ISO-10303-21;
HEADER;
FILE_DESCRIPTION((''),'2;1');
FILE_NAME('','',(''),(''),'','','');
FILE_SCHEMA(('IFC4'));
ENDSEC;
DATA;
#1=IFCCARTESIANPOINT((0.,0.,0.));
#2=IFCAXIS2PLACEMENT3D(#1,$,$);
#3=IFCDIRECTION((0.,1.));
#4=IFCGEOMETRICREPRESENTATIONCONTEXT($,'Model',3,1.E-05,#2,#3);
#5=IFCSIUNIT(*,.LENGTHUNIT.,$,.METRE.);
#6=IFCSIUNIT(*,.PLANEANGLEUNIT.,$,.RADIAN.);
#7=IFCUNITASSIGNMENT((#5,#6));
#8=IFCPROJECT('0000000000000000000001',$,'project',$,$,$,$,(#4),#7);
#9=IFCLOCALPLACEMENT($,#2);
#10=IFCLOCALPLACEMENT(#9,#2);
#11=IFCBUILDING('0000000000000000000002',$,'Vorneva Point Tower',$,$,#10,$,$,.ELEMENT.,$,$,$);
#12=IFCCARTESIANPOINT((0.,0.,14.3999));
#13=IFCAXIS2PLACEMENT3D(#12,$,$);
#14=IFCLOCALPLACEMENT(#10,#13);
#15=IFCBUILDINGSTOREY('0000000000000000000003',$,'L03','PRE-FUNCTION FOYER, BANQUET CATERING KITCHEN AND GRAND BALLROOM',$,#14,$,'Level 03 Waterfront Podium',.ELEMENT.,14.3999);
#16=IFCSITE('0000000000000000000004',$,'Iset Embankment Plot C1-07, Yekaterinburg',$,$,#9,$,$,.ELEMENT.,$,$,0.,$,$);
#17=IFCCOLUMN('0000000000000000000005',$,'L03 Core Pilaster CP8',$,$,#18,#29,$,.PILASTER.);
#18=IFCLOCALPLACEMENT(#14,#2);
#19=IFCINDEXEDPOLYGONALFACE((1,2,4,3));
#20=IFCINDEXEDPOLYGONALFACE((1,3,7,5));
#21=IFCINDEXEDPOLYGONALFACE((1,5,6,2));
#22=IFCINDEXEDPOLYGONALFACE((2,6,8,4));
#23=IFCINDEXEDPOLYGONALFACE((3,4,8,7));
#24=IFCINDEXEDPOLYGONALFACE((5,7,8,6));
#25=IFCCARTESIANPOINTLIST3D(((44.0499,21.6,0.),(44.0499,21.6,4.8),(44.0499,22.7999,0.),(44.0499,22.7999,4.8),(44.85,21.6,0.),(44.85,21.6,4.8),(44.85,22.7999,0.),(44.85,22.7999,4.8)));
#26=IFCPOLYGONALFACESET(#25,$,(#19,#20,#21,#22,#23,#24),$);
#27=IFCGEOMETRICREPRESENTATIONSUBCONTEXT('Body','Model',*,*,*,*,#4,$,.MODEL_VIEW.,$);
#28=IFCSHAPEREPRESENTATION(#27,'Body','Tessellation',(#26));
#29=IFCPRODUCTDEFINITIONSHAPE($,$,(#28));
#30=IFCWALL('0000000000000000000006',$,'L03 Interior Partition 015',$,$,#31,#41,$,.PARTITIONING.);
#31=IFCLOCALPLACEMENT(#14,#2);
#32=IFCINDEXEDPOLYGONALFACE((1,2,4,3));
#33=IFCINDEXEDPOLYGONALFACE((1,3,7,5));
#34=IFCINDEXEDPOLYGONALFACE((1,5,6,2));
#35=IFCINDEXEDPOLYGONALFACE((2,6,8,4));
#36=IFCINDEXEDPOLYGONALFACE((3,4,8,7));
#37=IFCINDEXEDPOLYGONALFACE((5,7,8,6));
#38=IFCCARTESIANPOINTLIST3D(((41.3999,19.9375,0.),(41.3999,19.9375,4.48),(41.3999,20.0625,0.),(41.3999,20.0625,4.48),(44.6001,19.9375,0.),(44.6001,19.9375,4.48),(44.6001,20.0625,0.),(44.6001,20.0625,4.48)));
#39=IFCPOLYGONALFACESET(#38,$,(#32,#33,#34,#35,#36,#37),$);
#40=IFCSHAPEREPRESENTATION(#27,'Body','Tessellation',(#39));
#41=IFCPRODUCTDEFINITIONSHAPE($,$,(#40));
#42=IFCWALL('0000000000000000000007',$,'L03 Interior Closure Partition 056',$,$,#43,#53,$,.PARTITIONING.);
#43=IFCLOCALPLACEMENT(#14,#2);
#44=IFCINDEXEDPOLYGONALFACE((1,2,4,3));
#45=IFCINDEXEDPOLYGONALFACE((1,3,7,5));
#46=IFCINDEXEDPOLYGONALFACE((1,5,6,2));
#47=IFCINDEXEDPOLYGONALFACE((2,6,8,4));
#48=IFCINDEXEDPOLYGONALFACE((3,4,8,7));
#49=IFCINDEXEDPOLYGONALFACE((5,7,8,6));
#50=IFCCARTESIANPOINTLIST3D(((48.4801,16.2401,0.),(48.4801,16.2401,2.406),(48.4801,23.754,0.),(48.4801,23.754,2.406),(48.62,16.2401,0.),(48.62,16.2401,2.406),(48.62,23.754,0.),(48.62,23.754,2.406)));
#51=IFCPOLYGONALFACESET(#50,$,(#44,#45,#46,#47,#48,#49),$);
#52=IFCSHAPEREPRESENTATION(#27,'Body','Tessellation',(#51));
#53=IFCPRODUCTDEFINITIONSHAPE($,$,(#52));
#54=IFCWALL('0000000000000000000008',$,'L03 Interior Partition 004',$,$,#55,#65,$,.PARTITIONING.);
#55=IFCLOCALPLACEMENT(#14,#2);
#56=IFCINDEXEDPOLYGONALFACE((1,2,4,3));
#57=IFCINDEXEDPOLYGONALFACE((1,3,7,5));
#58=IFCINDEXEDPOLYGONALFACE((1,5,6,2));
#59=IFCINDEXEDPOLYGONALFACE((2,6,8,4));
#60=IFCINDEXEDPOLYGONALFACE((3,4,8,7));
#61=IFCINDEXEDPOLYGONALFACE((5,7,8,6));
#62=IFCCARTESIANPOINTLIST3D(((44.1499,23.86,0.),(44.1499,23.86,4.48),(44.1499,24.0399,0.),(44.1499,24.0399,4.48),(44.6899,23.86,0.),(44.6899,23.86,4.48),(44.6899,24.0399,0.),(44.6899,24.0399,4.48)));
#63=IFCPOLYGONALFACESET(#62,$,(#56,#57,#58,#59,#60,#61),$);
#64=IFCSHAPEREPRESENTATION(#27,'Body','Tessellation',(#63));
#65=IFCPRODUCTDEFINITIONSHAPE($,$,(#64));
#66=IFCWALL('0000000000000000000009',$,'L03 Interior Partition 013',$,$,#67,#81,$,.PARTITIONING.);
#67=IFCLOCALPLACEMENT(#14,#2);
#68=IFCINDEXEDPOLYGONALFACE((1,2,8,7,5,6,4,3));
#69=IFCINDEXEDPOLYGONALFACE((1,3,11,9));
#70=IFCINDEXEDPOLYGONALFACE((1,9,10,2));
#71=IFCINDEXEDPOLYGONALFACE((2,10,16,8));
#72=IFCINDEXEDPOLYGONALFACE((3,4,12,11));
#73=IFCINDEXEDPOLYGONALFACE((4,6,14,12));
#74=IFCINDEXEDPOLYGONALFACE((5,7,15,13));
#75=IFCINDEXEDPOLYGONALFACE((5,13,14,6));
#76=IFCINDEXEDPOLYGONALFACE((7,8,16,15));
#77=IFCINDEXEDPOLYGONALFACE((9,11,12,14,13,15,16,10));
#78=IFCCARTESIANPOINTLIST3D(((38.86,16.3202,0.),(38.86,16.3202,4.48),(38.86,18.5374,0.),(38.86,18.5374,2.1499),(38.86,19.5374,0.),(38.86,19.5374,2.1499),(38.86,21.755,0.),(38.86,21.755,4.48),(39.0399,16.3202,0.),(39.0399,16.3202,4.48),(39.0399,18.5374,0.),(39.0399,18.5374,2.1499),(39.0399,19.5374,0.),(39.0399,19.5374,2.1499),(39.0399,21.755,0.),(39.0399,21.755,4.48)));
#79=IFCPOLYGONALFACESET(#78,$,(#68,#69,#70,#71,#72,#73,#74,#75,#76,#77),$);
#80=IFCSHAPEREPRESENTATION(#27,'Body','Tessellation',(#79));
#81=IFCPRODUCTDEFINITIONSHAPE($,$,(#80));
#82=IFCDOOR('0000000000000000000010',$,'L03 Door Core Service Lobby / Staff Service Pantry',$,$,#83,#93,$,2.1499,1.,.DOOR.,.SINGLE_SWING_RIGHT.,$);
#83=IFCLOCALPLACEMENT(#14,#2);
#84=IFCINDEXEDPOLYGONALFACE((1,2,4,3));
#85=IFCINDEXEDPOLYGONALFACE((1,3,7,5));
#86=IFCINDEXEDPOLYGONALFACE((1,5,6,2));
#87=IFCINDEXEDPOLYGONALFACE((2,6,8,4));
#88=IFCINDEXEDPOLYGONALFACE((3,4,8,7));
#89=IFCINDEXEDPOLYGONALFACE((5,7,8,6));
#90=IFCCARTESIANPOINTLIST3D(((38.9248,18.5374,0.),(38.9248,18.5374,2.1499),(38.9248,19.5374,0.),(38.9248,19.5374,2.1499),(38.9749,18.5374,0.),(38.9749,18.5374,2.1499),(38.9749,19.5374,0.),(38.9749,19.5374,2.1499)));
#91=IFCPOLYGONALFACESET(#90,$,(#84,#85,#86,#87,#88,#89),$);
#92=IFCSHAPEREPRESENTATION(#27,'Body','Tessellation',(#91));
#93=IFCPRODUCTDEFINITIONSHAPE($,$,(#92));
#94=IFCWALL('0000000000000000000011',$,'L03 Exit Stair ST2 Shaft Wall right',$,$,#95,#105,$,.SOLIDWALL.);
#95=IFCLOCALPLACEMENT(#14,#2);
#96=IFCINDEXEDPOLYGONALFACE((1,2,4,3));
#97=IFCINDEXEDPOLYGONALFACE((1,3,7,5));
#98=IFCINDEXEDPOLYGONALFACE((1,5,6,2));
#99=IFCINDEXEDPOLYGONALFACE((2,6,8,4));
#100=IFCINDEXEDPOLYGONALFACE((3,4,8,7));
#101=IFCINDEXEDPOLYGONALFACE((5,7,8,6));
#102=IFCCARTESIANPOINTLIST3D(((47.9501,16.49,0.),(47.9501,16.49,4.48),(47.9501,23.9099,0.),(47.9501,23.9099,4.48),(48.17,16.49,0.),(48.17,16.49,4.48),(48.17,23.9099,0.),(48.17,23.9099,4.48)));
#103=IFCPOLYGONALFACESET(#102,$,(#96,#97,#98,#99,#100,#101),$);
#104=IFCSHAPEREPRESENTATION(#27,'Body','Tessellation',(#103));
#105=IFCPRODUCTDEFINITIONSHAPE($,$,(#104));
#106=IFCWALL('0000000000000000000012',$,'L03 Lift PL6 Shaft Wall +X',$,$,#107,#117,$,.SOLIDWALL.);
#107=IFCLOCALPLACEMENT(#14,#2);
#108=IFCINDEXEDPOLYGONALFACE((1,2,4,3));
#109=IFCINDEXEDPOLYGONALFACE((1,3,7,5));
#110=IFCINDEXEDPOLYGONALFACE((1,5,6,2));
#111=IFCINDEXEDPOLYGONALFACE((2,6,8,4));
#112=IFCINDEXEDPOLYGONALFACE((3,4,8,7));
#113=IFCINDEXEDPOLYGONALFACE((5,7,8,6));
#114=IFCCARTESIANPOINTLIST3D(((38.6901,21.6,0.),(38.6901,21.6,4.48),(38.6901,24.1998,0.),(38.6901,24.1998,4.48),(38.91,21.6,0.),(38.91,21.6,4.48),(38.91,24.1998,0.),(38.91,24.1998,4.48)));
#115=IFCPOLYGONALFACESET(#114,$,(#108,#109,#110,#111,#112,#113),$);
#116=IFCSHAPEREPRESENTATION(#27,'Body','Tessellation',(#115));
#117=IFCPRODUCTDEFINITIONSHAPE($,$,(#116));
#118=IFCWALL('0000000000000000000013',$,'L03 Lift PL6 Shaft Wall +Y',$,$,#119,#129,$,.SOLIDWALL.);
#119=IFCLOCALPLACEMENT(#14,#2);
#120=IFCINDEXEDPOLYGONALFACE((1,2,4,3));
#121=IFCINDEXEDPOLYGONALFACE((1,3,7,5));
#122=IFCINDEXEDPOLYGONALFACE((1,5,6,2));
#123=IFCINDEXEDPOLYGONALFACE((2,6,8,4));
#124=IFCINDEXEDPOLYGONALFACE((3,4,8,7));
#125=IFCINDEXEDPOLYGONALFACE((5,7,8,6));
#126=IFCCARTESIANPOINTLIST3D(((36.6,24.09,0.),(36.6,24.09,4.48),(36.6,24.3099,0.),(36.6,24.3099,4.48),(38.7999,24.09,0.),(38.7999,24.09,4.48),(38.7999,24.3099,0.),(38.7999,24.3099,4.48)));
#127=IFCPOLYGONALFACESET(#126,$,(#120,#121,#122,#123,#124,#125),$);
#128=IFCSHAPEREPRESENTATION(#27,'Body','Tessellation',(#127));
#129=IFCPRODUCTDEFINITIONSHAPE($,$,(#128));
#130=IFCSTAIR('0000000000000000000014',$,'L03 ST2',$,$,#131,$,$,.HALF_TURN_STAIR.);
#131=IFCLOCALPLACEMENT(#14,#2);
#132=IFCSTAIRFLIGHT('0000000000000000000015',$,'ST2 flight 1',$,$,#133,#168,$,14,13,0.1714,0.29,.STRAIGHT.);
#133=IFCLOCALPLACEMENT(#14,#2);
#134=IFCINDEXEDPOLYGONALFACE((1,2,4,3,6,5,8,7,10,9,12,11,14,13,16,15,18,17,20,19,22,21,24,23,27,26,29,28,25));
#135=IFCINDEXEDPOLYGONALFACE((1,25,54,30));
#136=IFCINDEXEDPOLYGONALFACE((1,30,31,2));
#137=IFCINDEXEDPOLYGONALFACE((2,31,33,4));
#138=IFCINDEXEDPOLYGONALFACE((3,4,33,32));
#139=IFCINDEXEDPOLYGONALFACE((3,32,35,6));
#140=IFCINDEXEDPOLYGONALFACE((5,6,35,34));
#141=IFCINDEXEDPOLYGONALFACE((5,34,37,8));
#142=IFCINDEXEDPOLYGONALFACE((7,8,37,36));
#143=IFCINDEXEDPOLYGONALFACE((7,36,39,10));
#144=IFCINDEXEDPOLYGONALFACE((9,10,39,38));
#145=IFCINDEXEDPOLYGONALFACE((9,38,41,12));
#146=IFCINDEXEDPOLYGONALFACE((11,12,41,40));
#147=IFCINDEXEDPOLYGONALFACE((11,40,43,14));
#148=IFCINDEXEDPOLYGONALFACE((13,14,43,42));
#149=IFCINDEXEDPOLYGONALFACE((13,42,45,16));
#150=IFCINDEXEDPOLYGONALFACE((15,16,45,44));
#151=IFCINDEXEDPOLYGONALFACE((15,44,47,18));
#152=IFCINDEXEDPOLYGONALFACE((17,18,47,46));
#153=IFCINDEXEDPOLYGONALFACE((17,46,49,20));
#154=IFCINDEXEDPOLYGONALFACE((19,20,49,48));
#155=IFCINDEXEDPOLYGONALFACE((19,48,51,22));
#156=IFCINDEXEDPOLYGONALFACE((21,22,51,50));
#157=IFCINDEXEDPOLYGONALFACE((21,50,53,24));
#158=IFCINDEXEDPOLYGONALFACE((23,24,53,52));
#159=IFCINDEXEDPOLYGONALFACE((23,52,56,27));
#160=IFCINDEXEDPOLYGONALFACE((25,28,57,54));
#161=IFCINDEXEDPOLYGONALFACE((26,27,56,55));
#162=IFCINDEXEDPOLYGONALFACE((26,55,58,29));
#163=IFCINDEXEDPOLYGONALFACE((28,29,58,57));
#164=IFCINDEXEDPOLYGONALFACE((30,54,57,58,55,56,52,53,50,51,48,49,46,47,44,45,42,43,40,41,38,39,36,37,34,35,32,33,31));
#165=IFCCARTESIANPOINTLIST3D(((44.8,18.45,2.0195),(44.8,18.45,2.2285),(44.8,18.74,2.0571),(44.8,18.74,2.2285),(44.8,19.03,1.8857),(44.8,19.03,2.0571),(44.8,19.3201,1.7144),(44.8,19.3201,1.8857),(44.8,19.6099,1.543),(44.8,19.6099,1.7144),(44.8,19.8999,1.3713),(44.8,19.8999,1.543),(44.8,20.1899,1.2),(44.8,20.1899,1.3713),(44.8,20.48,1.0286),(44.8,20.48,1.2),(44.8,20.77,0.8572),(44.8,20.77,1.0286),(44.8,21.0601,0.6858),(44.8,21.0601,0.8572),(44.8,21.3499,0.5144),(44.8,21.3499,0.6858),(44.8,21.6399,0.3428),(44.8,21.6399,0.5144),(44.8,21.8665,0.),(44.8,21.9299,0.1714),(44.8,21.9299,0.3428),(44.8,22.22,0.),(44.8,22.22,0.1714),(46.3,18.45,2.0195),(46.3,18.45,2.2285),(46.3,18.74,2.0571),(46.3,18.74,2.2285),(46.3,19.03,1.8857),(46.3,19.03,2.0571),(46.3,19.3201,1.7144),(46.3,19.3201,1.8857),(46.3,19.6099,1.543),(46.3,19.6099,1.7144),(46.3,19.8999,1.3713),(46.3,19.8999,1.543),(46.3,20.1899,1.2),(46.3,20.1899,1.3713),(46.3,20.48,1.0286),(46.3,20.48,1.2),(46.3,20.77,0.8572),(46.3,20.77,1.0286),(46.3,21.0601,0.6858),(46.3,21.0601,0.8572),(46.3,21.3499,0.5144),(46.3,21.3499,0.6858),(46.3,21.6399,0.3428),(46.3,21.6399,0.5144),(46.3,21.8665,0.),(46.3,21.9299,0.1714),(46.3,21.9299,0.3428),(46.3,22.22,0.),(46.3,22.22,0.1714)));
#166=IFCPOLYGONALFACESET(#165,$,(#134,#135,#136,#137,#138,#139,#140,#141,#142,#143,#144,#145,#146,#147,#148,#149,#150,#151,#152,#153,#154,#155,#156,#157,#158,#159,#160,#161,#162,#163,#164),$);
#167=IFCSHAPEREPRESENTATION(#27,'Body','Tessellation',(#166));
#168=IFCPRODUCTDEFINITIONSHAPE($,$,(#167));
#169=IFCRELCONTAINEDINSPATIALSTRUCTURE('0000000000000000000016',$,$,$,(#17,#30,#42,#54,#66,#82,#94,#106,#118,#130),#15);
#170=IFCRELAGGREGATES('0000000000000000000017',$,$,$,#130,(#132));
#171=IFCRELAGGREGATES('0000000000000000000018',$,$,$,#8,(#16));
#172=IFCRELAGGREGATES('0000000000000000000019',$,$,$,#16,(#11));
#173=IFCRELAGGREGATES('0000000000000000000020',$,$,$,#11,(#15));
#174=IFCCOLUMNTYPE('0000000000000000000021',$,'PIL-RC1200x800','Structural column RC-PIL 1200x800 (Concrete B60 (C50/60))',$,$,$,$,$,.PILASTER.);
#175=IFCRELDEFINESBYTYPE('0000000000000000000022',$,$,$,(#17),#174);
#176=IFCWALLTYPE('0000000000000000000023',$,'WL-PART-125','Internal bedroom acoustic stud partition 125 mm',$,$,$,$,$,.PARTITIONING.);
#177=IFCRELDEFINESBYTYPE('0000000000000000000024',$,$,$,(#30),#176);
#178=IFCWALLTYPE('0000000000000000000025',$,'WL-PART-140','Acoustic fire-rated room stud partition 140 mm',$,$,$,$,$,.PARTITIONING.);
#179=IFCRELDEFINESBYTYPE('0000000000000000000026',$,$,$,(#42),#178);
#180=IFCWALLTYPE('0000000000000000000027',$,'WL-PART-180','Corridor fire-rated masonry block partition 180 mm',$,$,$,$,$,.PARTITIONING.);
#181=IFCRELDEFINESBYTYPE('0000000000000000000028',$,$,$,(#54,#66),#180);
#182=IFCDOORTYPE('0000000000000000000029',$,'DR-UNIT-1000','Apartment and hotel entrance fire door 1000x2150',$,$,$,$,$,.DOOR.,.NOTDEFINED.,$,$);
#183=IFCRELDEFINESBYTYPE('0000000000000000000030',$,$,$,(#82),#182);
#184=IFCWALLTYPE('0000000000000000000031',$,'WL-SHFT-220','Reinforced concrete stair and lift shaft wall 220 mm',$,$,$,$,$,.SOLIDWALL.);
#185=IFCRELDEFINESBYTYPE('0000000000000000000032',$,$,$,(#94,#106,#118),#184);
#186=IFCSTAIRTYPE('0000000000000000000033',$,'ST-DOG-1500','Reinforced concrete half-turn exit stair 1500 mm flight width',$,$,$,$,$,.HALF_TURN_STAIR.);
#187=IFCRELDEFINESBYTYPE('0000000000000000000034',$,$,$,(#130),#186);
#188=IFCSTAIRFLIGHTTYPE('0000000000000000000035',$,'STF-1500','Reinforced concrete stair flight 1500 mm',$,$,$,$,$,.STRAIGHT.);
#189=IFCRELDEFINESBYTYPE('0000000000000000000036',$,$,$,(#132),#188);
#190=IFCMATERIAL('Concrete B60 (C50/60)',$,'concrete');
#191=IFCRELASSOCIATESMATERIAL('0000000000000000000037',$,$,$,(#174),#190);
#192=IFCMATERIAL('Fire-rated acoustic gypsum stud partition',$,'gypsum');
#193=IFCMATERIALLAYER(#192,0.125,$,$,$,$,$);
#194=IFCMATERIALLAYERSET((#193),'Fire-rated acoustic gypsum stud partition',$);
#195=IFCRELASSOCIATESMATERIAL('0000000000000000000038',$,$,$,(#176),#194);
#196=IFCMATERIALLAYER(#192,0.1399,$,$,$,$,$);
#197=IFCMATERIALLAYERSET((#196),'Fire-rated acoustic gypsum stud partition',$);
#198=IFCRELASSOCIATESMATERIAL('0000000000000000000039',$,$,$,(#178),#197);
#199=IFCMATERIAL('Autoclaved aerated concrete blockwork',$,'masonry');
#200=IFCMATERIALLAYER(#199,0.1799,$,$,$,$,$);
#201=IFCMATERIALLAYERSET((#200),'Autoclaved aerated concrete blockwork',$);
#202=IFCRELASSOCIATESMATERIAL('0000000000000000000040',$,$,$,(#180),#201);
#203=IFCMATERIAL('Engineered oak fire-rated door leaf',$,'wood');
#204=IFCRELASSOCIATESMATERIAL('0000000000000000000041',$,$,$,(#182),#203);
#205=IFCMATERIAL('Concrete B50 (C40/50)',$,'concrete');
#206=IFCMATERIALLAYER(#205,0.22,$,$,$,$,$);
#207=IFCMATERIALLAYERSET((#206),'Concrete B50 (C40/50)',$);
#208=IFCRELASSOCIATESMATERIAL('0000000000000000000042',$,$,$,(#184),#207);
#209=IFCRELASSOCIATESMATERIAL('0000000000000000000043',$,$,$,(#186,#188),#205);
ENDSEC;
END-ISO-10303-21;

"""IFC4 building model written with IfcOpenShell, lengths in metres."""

from ifc_helpers import new_model, si_unit, direction, frame, frame_2d, origin, origin_2d, place, context, subcontext, project, spatial, polyline, rectangle, outline, extrude, material, layer, layer_set, material_profile, profile_set, type_object, element, fill, aggregate, save


model = new_model("IFC4")

# Units and contexts
model_context = context("Model", 3, precision=1e-05, world=origin(), true_north=direction((0.0, 1.0)))
body_context = subcontext(model_context, "Body", "Model", "MODEL_VIEW")
ifc_project = project(units=[si_unit("LENGTHUNIT", "METRE"), si_unit("PLANEANGLEUNIT", "RADIAN")], contexts=[model_context])

# Site, building, storey
site_placement = place(None, origin())
site = spatial("IfcSite", under=ifc_project, at=site_placement, Name="Iset Embankment Plot C1-07, Yekaterinburg", CompositionType="ELEMENT", RefElevation=0.0)
building_placement = place(site_placement, origin())
building = spatial("IfcBuilding", under=site, at=building_placement, Name="Vorneva Point Tower", CompositionType="ELEMENT")
storey_placement = place(building_placement, frame((0.0, 0.0, 14.3999)))
storey = spatial("IfcBuildingStorey", under=building, at=storey_placement, Name="L03", Description="PRE-FUNCTION FOYER, BANQUET CATERING KITCHEN AND GRAND BALLROOM", LongName="Level 03 Waterfront Podium", CompositionType="ELEMENT", Elevation=14.3999)

# Column
ifc_material_1 = material(Name="Concrete B60 (C50/60)", Category="concrete")
ifc_material_profile = material_profile(ifc_material_1, rectangle(XDim=0.8, YDim=1.2, at=origin_2d()), Name="RC-PIL 1200x800")
ifc_profile_set = profile_set([ifc_material_profile], Name="Concrete B60 (C50/60)")
column_type = type_object("IfcColumnType", Name="PIL-RC1200x800", Description="Structural column RC-PIL 1200x800 (Concrete B60 (C50/60))", PredefinedType="PILASTER", material=ifc_profile_set)
column_placement = place(storey_placement, frame((44.45, 22.2, 0.0), z_axis=(0.0, 0.0, 1.0), x_axis=(1.0, 0.0, 0.0)))
element("IfcColumn", 1, at=column_placement, inside=storey, type_object=column_type, Name="L03 Core Pilaster CP8", PredefinedType="PILASTER", context=body_context, shape_type="SweptSolid", body=[
    extrude(rectangle(XDim=0.8, YDim=1.2, at=origin_2d()), origin(), (0.0, 0.0, 1.0), 4.8),
])

# Walls
ifc_material_2 = material(Name="Fire-rated acoustic gypsum stud partition", Category="gypsum")
ifc_layer_1 = layer(ifc_material_2, 0.125)
ifc_layer_set_1 = layer_set([ifc_layer_1], Name="Fire-rated acoustic gypsum stud partition")
wall_type_1 = type_object("IfcWallType", Name="WL-PART-125", Description="Internal bedroom acoustic stud partition 125 mm", PredefinedType="PARTITIONING", material=ifc_layer_set_1)
wall_1_placement = place(storey_placement, frame((44.6001, 20.0, 0.0), z_axis=(0.0, 0.0, 1.0), x_axis=(-1.0, 0.0, 0.0)))
element("IfcWall", 2, at=wall_1_placement, inside=storey, type_object=wall_type_1, Name="L03 Interior Partition 015", PredefinedType="PARTITIONING", context=body_context, shape_type="SweptSolid", body=[
    extrude(rectangle(XDim=3.2002, YDim=0.125, at=frame_2d((1.6001, 0.0))), origin(), (0.0, 0.0, 1.0), 4.48),
])
ifc_layer_2 = layer(ifc_material_2, 0.1399)
ifc_layer_set_2 = layer_set([ifc_layer_2], Name="Fire-rated acoustic gypsum stud partition")
wall_type_2 = type_object("IfcWallType", Name="WL-PART-140", Description="Acoustic fire-rated room stud partition 140 mm", PredefinedType="PARTITIONING", material=ifc_layer_set_2)
wall_2_placement = place(storey_placement, frame((48.55, 23.7539, 0.0), z_axis=(0.0, 0.0, 1.0), x_axis=(0.0, -1.0, 0.0)))
element("IfcWall", 3, at=wall_2_placement, inside=storey, type_object=wall_type_2, Name="L03 Interior Closure Partition 056", PredefinedType="PARTITIONING", context=body_context, shape_type="SweptSolid", body=[
    extrude(rectangle(XDim=7.5139, YDim=0.1399, at=frame_2d((3.7568, 0.0))), origin(), (0.0, 0.0, 1.0), 2.406),
])
ifc_material_3 = material(Name="Autoclaved aerated concrete blockwork", Category="masonry")
ifc_layer_3 = layer(ifc_material_3, 0.1799)
ifc_layer_set_3 = layer_set([ifc_layer_3], Name="Autoclaved aerated concrete blockwork")
wall_type_3 = type_object("IfcWallType", Name="WL-PART-180", Description="Corridor fire-rated masonry block partition 180 mm", PredefinedType="PARTITIONING", material=ifc_layer_set_3)
wall_3_placement = place(storey_placement, frame((44.1499, 23.95, 0.0), z_axis=(0.0, 0.0, 1.0), x_axis=(1.0, 0.0, 0.0)))
element("IfcWall", 4, at=wall_3_placement, inside=storey, type_object=wall_type_3, Name="L03 Interior Partition 004", PredefinedType="PARTITIONING", context=body_context, shape_type="SweptSolid", body=[
    extrude(rectangle(XDim=0.54, YDim=0.1799, at=frame_2d((0.27, 0.0))), origin(), (0.0, 0.0, 1.0), 4.48),
])

# Wall, opening, door
ifc_material_4 = material(Name="Engineered oak fire-rated door leaf", Category="wood")
door_type_1 = type_object("IfcDoorType", Name="DR-UNIT-1000", Description="Apartment and hotel entrance fire door 1000x2150", OperationType="NOTDEFINED", PredefinedType="DOOR", material=ifc_material_4)
wall_4_placement = place(storey_placement, frame((38.95, 21.7549, 0.0), z_axis=(0.0, 0.0, 1.0), x_axis=(0.0, -1.0, 0.0)))
wall_4 = element("IfcWall", 5, at=wall_4_placement, inside=storey, type_object=wall_type_3, Name="L03 Interior Partition 013", PredefinedType="PARTITIONING", context=body_context, shape_type="SweptSolid", body=[
    extrude(rectangle(XDim=5.4348, YDim=0.1799, at=frame_2d((2.7173, 0.0))), origin(), (0.0, 0.0, 1.0), 4.48),
])
opening_1_placement = place(wall_4_placement, frame((2.2175, 0.0, 0.0)))
opening_1 = element("IfcOpeningElement", 6, at=opening_1_placement, cuts=wall_4, PredefinedType="OPENING", context=body_context, shape_type="SweptSolid", body=[
    extrude(rectangle(XDim=1.0, YDim=2.1499, at=frame_2d((0.5, 1.075))), frame((0.0, 0.105, 0.0), z_axis=(0.0, -1.0, 0.0), x_axis=(1.0, 0.0, 0.0)), (0.0, 0.0, 1.0), 0.2097),
])
door_1_placement = place(opening_1_placement, origin())
door_1 = element("IfcDoor", 7, at=door_1_placement, inside=storey, type_object=door_type_1, Name="L03 Door Core Service Lobby / Staff Service Pantry", OperationType="SINGLE_SWING_RIGHT", OverallHeight=2.1499, OverallWidth=1.0, PredefinedType="DOOR", context=body_context, shape_type="SweptSolid", body=[
    extrude(rectangle(XDim=1.0, YDim=2.1499, at=frame_2d((0.5, 1.075))), frame((0.0, 0.0249, 0.0), z_axis=(0.0, -1.0, 0.0), x_axis=(1.0, 0.0, 0.0)), (0.0, 0.0, 1.0), 0.05),
])
fill(opening_1, door_1)
ifc_material_5 = material(Name="Concrete B50 (C40/50)", Category="concrete")
ifc_layer_4 = layer(ifc_material_5, 0.22)
ifc_layer_set_4 = layer_set([ifc_layer_4], Name="Concrete B50 (C40/50)")
wall_type_4 = type_object("IfcWallType", Name="WL-SHFT-220", Description="Reinforced concrete stair and lift shaft wall 220 mm", PredefinedType="SOLIDWALL", material=ifc_layer_set_4)

# Walls
wall_5_placement = place(storey_placement, frame((48.0601, 23.9099, 0.0), z_axis=(0.0, 0.0, 1.0), x_axis=(0.0, -1.0, 0.0)))
element("IfcWall", 8, at=wall_5_placement, inside=storey, type_object=wall_type_4, Name="L03 Exit Stair ST2 Shaft Wall right", PredefinedType="SOLIDWALL", context=body_context, shape_type="SweptSolid", body=[
    extrude(rectangle(XDim=7.4199, YDim=0.22, at=frame_2d((3.71, 0.0))), origin(), (0.0, 0.0, 1.0), 4.48),
])
wall_6_placement = place(storey_placement, frame((38.8, 21.6001, 0.0), z_axis=(0.0, 0.0, 1.0), x_axis=(0.0, 1.0, 0.0)))
element("IfcWall", 9, at=wall_6_placement, inside=storey, type_object=wall_type_4, Name="L03 Lift PL6 Shaft Wall +X", PredefinedType="SOLIDWALL", context=body_context, shape_type="SweptSolid", body=[
    extrude(rectangle(XDim=2.5999, YDim=0.22, at=frame_2d((1.2998, 0.0))), origin(), (0.0, 0.0, 1.0), 4.48),
])
wall_7_placement = place(storey_placement, frame((38.8, 24.2, 0.0), z_axis=(0.0, 0.0, 1.0), x_axis=(-1.0, 0.0, 0.0)))
element("IfcWall", 10, at=wall_7_placement, inside=storey, type_object=wall_type_4, Name="L03 Lift PL6 Shaft Wall +Y", PredefinedType="SOLIDWALL", context=body_context, shape_type="SweptSolid", body=[
    extrude(rectangle(XDim=2.2, YDim=0.22, at=frame_2d((1.1001, 0.0))), origin(), (0.0, 0.0, 1.0), 4.48),
])

# Stair, stair flight
stair_type = type_object("IfcStairType", Name="ST-DOG-1500", Description="Reinforced concrete half-turn exit stair 1500 mm flight width", PredefinedType="HALF_TURN_STAIR", material=ifc_material_5)
stair_placement = place(storey_placement, origin())
stair = element("IfcStair", 11, at=stair_placement, inside=storey, type_object=stair_type, Name="L03 ST2", PredefinedType="HALF_TURN_STAIR")
stair_flight_type = type_object("IfcStairFlightType", Name="STF-1500", Description="Reinforced concrete stair flight 1500 mm", PredefinedType="STRAIGHT", material=ifc_material_5)
stair_flight_1_placement = place(storey_placement, frame((45.55, 22.22, 0.0), z_axis=(0.0, 0.0, 1.0), x_axis=(0.0, -1.0, 0.0)))
stair_flight_1 = element("IfcStairFlight", 12, at=stair_flight_1_placement, type_object=stair_flight_type, Name="ST2 flight 1", NumberOfRisers=14, NumberOfTreads=13, PredefinedType="STRAIGHT", RiserHeight=0.1714, TreadLength=0.29, context=body_context, shape_type="SweptSolid", body=[
    extrude(outline(polyline([(0.0, 0.0), (0.0, 0.1714), (0.29, 0.1714), (0.29, 0.3428), (0.5801, 0.3428), (0.5801, 0.5144), (0.8701, 0.5144), (0.8701, 0.6858), (1.1599, 0.6858), (1.1599, 0.8572), (1.45, 0.8572), (1.45, 1.0286), (1.74, 1.0286), (1.74, 1.2), (2.03, 1.2), (2.03, 1.3713), (2.3201, 1.3713), (2.3201, 1.543), (2.6101, 1.543), (2.6101, 1.7144), (2.8999, 1.7144), (2.8999, 1.8857), (3.1899, 1.8857), (3.1899, 2.0571), (3.48, 2.0571), (3.48, 2.2285), (3.77, 2.2285), (3.77, 2.3999), (3.77, 2.0195), (0.3535, 0.0), (0.0, 0.0)])), frame((0.0, 0.75, 0.0), z_axis=(0.0, -1.0, 0.0), x_axis=(1.0, 0.0, 0.0)), (0.0, 0.0, 1.0), 1.5),
])
aggregate(stair, [stair_flight_1])

save(model, "model.ifc")
